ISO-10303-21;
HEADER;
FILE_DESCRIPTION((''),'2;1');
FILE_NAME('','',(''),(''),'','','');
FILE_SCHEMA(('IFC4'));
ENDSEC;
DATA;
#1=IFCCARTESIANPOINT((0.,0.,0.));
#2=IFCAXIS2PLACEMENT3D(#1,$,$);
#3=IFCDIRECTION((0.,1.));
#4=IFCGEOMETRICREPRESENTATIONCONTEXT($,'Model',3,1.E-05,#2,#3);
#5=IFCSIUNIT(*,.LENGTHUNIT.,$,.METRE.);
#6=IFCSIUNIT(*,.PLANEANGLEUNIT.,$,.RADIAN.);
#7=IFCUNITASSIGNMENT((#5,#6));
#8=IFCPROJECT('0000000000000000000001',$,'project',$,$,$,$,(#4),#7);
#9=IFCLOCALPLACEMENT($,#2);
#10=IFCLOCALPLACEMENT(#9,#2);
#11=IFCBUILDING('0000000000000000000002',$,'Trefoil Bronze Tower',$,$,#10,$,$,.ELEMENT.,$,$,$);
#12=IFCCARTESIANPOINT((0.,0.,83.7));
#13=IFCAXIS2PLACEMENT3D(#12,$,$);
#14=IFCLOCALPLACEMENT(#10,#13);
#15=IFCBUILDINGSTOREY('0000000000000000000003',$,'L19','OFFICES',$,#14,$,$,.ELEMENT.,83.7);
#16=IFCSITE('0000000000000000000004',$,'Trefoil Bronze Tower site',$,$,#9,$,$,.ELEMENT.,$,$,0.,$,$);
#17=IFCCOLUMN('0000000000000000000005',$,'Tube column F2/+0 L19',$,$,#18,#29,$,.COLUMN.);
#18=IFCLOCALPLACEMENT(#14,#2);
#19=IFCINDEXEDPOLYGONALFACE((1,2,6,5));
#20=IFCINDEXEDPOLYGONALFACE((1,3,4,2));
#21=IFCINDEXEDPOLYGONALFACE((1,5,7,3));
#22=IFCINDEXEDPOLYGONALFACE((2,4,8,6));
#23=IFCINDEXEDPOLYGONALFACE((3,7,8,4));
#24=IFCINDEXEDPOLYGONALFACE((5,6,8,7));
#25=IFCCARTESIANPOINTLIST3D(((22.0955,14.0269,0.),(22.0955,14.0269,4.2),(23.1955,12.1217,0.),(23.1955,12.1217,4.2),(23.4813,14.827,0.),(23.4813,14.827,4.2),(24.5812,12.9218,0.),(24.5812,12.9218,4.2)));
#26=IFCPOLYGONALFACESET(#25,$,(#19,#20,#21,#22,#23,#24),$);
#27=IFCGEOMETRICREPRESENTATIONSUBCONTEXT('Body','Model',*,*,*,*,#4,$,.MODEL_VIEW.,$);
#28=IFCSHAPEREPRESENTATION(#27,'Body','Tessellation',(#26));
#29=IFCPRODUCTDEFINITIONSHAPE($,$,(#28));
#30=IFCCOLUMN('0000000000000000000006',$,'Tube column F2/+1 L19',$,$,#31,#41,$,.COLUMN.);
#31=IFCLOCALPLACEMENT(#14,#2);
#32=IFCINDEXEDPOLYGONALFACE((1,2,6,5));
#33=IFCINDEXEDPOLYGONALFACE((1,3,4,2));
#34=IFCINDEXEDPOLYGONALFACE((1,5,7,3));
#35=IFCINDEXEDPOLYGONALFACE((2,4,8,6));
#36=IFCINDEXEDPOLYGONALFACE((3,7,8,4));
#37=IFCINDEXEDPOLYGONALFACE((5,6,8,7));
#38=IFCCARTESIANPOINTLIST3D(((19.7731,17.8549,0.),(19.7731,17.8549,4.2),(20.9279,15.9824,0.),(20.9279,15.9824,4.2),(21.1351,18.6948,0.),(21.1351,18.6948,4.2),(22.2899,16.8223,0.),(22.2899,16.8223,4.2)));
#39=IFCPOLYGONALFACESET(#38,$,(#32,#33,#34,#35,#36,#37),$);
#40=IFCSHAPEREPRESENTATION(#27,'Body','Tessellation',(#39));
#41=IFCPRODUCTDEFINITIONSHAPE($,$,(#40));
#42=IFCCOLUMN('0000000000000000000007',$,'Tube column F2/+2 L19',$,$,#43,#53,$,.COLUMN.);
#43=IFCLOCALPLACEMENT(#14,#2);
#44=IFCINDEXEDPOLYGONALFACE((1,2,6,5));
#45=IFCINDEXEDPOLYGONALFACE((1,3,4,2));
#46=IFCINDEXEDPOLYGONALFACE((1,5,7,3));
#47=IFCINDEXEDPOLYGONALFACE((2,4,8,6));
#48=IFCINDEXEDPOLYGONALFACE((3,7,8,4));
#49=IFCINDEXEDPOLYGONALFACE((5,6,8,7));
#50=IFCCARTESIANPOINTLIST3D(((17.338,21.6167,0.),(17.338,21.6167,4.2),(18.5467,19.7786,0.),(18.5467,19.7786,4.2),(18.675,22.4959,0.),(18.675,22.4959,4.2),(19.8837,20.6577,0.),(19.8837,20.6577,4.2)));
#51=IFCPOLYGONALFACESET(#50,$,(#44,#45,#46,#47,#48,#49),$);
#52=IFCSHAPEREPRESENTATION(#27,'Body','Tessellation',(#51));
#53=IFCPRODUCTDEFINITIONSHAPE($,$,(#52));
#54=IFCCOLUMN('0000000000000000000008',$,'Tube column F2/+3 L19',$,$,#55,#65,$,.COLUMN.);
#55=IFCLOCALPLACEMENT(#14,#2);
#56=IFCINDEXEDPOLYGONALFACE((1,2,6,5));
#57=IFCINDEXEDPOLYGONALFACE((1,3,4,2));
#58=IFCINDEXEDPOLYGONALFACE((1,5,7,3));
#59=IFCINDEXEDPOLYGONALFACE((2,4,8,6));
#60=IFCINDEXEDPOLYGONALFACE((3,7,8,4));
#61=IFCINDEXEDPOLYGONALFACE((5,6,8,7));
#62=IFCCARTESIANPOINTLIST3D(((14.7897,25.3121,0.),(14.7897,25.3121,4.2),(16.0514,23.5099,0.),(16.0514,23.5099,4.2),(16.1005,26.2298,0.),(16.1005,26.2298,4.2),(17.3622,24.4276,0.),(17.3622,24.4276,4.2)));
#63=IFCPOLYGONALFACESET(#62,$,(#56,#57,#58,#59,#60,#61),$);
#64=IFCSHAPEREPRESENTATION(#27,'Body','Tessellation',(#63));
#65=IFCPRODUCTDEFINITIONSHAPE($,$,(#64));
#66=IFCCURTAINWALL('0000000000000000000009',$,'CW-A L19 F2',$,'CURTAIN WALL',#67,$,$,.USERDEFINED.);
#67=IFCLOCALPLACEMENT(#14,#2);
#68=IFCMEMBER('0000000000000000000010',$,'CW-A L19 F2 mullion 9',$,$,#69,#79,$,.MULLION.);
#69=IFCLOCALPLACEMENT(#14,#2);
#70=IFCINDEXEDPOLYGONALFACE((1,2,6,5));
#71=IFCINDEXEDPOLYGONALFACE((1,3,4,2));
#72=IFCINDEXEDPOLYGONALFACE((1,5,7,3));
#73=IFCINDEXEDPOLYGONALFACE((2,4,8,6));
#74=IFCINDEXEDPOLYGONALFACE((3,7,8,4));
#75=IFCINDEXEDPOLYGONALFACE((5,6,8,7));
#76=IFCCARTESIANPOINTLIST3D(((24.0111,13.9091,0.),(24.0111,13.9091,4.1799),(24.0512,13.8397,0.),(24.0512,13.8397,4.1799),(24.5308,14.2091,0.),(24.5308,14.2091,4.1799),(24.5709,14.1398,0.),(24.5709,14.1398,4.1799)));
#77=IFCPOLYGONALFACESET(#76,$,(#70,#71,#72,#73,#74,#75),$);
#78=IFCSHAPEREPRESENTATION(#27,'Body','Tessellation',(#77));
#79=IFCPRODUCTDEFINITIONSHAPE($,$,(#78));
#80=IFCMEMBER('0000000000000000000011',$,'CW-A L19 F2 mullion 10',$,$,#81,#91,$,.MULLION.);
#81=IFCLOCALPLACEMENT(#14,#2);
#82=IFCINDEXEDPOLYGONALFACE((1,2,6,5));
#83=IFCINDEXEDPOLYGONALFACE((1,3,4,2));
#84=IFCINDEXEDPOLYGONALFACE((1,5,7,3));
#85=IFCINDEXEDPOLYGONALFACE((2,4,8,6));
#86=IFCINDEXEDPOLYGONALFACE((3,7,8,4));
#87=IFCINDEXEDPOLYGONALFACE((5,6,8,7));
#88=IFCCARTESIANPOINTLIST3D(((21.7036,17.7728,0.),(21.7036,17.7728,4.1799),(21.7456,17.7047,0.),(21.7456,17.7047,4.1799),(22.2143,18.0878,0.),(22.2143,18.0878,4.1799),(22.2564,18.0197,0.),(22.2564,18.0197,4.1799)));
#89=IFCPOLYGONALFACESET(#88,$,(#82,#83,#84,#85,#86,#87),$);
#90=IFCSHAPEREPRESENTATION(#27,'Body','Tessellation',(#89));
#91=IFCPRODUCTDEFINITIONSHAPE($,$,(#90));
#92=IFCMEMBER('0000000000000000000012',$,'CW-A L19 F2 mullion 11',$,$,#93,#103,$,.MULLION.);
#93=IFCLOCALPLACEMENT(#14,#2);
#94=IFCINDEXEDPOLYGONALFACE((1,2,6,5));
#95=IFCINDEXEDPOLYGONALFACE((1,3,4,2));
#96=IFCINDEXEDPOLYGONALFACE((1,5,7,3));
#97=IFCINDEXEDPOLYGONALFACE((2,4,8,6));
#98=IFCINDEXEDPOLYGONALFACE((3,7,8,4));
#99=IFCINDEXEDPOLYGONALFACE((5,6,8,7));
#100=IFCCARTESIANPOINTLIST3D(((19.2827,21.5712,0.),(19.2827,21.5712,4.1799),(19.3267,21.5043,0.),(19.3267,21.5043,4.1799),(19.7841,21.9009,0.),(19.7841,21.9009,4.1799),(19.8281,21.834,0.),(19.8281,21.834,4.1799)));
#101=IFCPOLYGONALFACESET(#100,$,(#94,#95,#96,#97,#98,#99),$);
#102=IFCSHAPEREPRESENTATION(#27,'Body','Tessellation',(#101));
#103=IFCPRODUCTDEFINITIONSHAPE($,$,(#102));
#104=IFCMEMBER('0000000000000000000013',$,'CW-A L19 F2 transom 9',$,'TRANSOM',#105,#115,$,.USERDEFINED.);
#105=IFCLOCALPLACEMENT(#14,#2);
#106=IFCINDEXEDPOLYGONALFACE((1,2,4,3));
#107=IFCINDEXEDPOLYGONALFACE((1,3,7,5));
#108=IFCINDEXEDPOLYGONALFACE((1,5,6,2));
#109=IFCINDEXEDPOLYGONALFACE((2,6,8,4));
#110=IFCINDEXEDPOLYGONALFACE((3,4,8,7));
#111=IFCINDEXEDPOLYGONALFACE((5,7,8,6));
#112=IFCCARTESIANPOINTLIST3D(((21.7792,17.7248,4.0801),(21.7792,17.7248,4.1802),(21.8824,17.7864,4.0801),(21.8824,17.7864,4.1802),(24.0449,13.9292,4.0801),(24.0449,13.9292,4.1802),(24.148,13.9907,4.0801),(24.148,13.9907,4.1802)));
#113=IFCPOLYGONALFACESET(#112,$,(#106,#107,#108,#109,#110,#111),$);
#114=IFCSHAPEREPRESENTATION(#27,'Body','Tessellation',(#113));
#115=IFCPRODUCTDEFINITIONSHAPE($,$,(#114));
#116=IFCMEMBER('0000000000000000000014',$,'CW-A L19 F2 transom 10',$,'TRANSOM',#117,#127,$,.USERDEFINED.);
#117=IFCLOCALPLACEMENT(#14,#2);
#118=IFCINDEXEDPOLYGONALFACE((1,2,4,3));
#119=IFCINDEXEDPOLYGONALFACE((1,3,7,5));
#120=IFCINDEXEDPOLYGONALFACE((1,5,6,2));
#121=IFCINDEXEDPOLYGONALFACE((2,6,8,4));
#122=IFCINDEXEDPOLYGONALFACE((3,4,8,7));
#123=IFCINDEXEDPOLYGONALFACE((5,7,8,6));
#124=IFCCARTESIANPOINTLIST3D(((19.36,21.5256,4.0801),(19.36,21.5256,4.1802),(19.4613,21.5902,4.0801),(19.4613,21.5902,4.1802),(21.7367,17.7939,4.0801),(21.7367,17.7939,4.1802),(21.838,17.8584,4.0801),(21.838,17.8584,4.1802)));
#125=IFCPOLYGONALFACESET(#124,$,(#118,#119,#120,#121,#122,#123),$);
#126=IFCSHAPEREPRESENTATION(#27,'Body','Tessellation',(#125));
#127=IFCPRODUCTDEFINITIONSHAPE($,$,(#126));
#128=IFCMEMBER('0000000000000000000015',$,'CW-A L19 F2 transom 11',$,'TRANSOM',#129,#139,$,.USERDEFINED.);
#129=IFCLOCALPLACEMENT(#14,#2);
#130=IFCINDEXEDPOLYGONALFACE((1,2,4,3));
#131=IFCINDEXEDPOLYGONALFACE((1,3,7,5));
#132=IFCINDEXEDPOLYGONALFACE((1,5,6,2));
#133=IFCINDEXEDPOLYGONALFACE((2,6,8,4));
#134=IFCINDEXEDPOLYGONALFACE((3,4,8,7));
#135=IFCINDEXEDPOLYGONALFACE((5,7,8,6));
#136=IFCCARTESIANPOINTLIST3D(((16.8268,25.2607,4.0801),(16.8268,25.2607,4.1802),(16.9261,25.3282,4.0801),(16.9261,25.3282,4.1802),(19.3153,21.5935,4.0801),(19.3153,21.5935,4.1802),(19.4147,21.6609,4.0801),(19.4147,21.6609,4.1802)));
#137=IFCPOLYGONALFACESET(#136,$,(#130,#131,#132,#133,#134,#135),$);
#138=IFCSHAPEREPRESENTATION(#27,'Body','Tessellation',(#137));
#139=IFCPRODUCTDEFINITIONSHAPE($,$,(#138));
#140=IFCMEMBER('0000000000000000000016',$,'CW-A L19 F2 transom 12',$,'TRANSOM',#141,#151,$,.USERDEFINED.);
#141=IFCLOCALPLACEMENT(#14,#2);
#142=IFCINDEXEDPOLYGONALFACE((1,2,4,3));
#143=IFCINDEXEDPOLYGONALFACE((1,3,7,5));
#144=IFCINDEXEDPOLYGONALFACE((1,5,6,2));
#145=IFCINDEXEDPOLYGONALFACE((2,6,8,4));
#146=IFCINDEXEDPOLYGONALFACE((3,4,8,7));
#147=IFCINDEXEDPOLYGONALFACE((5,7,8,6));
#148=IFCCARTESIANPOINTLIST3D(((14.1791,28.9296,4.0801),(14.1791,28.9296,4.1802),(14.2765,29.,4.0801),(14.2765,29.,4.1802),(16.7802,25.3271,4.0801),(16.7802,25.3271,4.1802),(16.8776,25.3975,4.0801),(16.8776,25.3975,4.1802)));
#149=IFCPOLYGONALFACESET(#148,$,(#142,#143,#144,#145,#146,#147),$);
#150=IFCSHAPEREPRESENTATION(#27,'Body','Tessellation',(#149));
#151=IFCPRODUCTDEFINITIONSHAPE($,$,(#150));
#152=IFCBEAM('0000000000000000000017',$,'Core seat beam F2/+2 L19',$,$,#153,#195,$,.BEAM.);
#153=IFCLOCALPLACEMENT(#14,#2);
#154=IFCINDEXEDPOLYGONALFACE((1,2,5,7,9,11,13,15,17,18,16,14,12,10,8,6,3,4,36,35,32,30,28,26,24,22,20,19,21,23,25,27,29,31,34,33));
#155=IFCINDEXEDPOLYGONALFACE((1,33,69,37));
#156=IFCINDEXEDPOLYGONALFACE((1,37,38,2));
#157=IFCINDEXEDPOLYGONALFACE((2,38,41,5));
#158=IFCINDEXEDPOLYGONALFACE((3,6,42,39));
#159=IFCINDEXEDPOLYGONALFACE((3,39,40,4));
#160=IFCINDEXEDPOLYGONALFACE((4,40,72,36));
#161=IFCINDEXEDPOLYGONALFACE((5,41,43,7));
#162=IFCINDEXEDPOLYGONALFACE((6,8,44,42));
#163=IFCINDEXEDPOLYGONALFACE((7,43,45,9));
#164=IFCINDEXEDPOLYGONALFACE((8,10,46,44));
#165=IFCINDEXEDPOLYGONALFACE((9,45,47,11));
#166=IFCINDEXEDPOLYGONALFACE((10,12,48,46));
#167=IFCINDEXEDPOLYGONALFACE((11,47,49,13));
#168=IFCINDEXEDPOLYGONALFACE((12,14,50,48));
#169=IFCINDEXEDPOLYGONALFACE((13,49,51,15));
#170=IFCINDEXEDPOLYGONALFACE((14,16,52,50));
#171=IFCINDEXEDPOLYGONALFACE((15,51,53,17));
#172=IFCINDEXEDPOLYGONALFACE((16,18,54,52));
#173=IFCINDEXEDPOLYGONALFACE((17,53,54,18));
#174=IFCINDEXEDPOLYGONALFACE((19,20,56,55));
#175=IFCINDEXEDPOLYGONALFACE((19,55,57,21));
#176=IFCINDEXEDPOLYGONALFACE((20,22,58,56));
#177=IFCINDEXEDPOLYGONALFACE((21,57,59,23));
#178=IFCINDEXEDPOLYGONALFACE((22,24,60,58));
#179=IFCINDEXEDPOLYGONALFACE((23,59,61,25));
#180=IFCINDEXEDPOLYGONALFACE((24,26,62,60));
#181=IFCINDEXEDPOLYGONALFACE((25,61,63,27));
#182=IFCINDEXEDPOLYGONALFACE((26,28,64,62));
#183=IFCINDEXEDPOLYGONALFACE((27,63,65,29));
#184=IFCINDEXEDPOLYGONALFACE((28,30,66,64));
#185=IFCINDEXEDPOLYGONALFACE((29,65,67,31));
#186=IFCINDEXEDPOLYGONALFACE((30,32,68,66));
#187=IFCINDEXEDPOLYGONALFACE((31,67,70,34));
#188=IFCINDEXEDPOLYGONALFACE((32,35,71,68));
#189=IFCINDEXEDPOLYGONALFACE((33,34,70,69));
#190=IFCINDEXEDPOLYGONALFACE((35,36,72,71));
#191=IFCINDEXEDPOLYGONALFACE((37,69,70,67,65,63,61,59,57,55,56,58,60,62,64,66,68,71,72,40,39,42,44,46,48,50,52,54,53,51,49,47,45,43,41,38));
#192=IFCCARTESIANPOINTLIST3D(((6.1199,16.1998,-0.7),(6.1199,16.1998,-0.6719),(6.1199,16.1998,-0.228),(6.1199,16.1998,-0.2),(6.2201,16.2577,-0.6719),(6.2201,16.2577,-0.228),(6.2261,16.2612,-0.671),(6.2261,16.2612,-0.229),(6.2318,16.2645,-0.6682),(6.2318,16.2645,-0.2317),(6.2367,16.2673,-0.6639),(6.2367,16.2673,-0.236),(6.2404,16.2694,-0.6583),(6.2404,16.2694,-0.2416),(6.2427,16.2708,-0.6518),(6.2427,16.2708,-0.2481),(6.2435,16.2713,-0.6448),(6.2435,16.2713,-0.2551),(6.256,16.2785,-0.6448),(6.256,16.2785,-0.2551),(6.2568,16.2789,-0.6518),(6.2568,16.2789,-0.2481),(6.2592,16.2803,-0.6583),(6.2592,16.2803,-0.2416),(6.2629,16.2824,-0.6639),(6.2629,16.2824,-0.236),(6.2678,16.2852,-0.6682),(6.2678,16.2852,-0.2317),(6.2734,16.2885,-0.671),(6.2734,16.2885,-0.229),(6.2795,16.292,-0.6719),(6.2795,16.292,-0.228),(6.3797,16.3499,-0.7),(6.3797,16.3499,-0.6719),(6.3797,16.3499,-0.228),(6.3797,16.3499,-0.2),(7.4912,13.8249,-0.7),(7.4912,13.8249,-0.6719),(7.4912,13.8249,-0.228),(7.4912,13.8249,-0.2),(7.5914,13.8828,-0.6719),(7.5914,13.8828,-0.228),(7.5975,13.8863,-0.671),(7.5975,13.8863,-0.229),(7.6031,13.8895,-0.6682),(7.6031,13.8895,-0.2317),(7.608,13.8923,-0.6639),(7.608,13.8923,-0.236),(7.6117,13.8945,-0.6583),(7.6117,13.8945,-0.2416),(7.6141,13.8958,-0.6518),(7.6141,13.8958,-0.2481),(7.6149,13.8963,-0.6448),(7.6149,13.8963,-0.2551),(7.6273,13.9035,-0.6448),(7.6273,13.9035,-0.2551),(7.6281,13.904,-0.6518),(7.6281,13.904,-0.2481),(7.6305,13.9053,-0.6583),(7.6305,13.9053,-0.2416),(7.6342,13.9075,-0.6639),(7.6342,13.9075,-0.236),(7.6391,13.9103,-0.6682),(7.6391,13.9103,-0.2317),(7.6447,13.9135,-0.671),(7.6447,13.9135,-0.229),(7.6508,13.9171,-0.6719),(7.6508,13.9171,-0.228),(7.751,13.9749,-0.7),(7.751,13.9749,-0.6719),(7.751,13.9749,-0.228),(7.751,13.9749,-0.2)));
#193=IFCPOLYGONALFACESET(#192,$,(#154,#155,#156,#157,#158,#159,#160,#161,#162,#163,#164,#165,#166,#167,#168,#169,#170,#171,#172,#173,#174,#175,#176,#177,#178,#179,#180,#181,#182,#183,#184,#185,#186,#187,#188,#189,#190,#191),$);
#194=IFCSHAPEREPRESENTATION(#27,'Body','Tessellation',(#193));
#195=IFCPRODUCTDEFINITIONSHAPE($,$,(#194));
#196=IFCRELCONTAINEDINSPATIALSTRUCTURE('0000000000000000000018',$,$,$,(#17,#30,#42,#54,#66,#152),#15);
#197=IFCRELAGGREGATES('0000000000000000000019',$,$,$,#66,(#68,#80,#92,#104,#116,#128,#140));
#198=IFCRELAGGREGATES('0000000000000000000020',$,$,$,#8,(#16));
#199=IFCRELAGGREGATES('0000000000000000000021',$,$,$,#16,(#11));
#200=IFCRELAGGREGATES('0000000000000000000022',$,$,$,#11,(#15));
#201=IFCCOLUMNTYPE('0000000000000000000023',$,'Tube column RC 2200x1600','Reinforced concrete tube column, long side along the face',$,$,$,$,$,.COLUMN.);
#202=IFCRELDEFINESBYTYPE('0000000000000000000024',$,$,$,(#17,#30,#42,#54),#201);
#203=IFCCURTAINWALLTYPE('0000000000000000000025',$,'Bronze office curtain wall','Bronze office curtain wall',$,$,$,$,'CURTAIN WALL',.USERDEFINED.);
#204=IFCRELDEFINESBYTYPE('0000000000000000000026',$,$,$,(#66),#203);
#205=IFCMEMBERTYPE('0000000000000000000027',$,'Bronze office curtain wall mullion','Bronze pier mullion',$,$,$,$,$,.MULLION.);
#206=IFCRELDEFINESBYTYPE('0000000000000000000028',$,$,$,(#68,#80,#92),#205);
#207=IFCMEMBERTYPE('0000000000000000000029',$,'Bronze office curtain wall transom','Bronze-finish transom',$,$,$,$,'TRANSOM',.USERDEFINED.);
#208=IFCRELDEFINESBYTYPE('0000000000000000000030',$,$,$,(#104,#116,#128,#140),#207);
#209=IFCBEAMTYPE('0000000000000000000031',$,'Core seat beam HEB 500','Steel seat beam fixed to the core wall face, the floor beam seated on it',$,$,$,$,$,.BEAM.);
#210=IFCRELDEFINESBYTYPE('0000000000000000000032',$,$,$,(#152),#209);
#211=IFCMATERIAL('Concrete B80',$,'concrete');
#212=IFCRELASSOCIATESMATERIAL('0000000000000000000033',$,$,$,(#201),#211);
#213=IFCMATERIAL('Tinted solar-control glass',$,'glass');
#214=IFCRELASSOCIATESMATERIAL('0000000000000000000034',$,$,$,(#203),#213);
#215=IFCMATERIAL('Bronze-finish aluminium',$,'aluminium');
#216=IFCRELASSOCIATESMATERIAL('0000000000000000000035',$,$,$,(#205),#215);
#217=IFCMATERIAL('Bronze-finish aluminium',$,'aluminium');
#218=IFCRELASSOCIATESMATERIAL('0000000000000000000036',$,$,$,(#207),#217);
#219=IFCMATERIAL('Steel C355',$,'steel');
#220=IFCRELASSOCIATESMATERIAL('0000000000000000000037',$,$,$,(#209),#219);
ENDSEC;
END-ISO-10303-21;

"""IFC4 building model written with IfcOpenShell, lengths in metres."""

from ifc_helpers import new_model, si_unit, direction, frame, origin, origin_2d, place, context, subcontext, project, spatial, rectangle, i_section, extrude, material, material_profile, profile_set, type_object, element, aggregate, save


model = new_model("IFC4")

# Units and contexts
model_context = context("Model", 3, precision=1e-05, world=origin(), true_north=direction((0.0, 1.0)))
body_context = subcontext(model_context, "Body", "Model", "MODEL_VIEW")
ifc_project = project(units=[si_unit("LENGTHUNIT", "METRE"), si_unit("PLANEANGLEUNIT", "RADIAN")], contexts=[model_context])

# Site, building, storey
site_placement = place(None, origin())
site = spatial("IfcSite", under=ifc_project, at=site_placement, Name="Trefoil Bronze Tower site", CompositionType="ELEMENT", RefElevation=0.0)
building_placement = place(site_placement, origin())
building = spatial("IfcBuilding", under=site, at=building_placement, Name="Trefoil Bronze Tower", CompositionType="ELEMENT")
storey_placement = place(building_placement, frame((0.0, 0.0, 83.7)))
storey = spatial("IfcBuildingStorey", under=building, at=storey_placement, Name="L19", Description="OFFICES", CompositionType="ELEMENT", Elevation=83.7)

# Columns
ifc_material_1 = material(Name="Concrete B80", Category="concrete")
ifc_material_profile_1 = material_profile(ifc_material_1, rectangle(XDim=2.2, YDim=1.6001, at=origin_2d()), Name="RC 2200x1600")
ifc_profile_set_1 = profile_set([ifc_material_profile_1], Name="Concrete B80")
column_type = type_object("IfcColumnType", Name="Tube column RC 2200x1600", Description="Reinforced concrete tube column, long side along the face", PredefinedType="COLUMN", material=ifc_profile_set_1)
for number, where, z_axis, x_axis, name in (
    (1, (23.3384, 13.4744, 0.0), (0.0, 0.0, 1.0), (-0.5, 0.866025, 0.0), "Tube column F2/+0 L19"),
    (2, (21.0315, 17.3386, 0.0), (0.0, 0.0, 1.0), (-0.524923, 0.85115, 0.0), "Tube column F2/+1 L19"),
    (3, (18.6108, 21.1372, 0.0), (0.0, 0.0, 1.0), (-0.549424, 0.835544, 0.0), "Tube column F2/+2 L19"),
    (4, (16.0759, 24.8699, 0.0), (0.0, 0.0, 1.0), (-0.573502, 0.819204, 0.0), "Tube column F2/+3 L19"),
):
    element("IfcColumn", number, at=place(storey_placement, frame(where, z_axis=z_axis, x_axis=x_axis)), inside=storey, type_object=column_type, Name=name, PredefinedType="COLUMN", context=body_context, shape_type="SweptSolid", body=[
        extrude(rectangle(XDim=2.2, YDim=1.6001, at=origin_2d()), origin(), (0.0, 0.0, 1.0), 4.2),
    ])

# Curtain wall, members
ifc_material_2 = material(Name="Tinted solar-control glass", Category="glass")
curtain_wall_type = type_object("IfcCurtainWallType", Name="Bronze office curtain wall", Description="Bronze office curtain wall", ElementType="CURTAIN WALL", PredefinedType="USERDEFINED", material=ifc_material_2)
curtain_wall_placement = place(storey_placement, origin())
curtain_wall = element("IfcCurtainWall", 5, at=curtain_wall_placement, inside=storey, type_object=curtain_wall_type, Name="CW-A L19 F2", ObjectType="CURTAIN WALL", PredefinedType="USERDEFINED")
ifc_material_3 = material(Name="Bronze-finish aluminium", Category="aluminium")
ifc_material_profile_2 = material_profile(ifc_material_3, rectangle(XDim=0.6001, YDim=0.0801, at=origin_2d()), Name="CW-A mullion")
ifc_profile_set_2 = profile_set([ifc_material_profile_2], Name="Bronze-finish aluminium")
member_type_1 = type_object("IfcMemberType", Name="Bronze office curtain wall mullion", Description="Bronze pier mullion", PredefinedType="MULLION", material=ifc_profile_set_2)
member_1_placement = place(storey_placement, frame((24.291, 14.0244, 0.0), z_axis=(0.0, 0.0, 1.0), x_axis=(-0.866025, -0.5, 0.0)))
member_1 = element("IfcMember", 6, at=member_1_placement, type_object=member_type_1, Name="CW-A L19 F2 mullion 9", PredefinedType="MULLION", context=body_context, shape_type="SweptSolid", body=[
    extrude(rectangle(XDim=0.6001, YDim=0.0801, at=origin_2d()), origin(), (0.0, 0.0, 1.0), 4.1799),
])
member_2_placement = place(storey_placement, frame((21.98, 17.8962, 0.0), z_axis=(0.0, 0.0, 1.0), x_axis=(-0.85115, -0.524923, 0.0)))
member_2 = element("IfcMember", 7, at=member_2_placement, type_object=member_type_1, Name="CW-A L19 F2 mullion 10", PredefinedType="MULLION", context=body_context, shape_type="SweptSolid", body=[
    extrude(rectangle(XDim=0.6001, YDim=0.0801, at=origin_2d()), origin(), (0.0, 0.0, 1.0), 4.1799),
])
member_3_placement = place(storey_placement, frame((19.5554, 21.7026, 0.0), z_axis=(0.0, 0.0, 1.0), x_axis=(-0.835544, -0.549424, 0.0)))
member_3 = element("IfcMember", 8, at=member_3_placement, type_object=member_type_1, Name="CW-A L19 F2 mullion 11", PredefinedType="MULLION", context=body_context, shape_type="SweptSolid", body=[
    extrude(rectangle(XDim=0.6001, YDim=0.0801, at=origin_2d()), origin(), (0.0, 0.0, 1.0), 4.1799),
])
ifc_material_4 = material(Name="Bronze-finish aluminium", Category="aluminium")
ifc_material_profile_3 = material_profile(ifc_material_4, rectangle(XDim=0.1201, YDim=0.1001, at=origin_2d()), Name="CW-A transom")
ifc_profile_set_3 = profile_set([ifc_material_profile_3], Name="Bronze-finish aluminium")
member_type_2 = type_object("IfcMemberType", Name="Bronze office curtain wall transom", Description="Bronze-finish transom", ElementType="TRANSOM", PredefinedType="USERDEFINED", material=ifc_profile_set_3)
member_4_placement = place(storey_placement, frame((24.0964, 13.96, 4.1301), z_axis=(-0.512537, 0.858665, 0.0), x_axis=(-0.858665, -0.512537, 0.0)))
member_4 = element("IfcMember", 9, at=member_4_placement, type_object=member_type_2, Name="CW-A L19 F2 transom 9", ObjectType="TRANSOM", PredefinedType="USERDEFINED", context=body_context, shape_type="SweptSolid", body=[
    extrude(rectangle(XDim=0.1201, YDim=0.1001, at=origin_2d()), origin(), (0.0, 0.0, 1.0), 4.4204),
])
member_5_placement = place(storey_placement, frame((21.7874, 17.8262, 4.1301), z_axis=(-0.537197, 0.843457, 0.0), x_axis=(-0.843457, -0.537197, 0.0)))
member_5 = element("IfcMember", 10, at=member_5_placement, type_object=member_type_2, Name="CW-A L19 F2 transom 10", ObjectType="TRANSOM", PredefinedType="USERDEFINED", context=body_context, shape_type="SweptSolid", body=[
    extrude(rectangle(XDim=0.1201, YDim=0.1001, at=origin_2d()), origin(), (0.0, 0.0, 1.0), 4.4243),
])
member_6_placement = place(storey_placement, frame((19.365, 21.6272, 4.1301), z_axis=(-0.561508, 0.827471, 0.0), x_axis=(-0.827471, -0.561508, 0.0)))
member_6 = element("IfcMember", 11, at=member_6_placement, type_object=member_type_2, Name="CW-A L19 F2 transom 11", ObjectType="TRANSOM", PredefinedType="USERDEFINED", context=body_context, shape_type="SweptSolid", body=[
    extrude(rectangle(XDim=0.1201, YDim=0.1001, at=origin_2d()), origin(), (0.0, 0.0, 1.0), 4.4319),
])
member_7_placement = place(storey_placement, frame((16.8289, 25.3623, 4.1301), z_axis=(-0.585378, 0.81076, 0.0), x_axis=(-0.81076, -0.585378, 0.0)))
member_7 = element("IfcMember", 12, at=member_7_placement, type_object=member_type_2, Name="CW-A L19 F2 transom 12", ObjectType="TRANSOM", PredefinedType="USERDEFINED", context=body_context, shape_type="SweptSolid", body=[
    extrude(rectangle(XDim=0.1201, YDim=0.1001, at=origin_2d()), origin(), (0.0, 0.0, 1.0), 4.4434),
])

# Beam
ifc_material_5 = material(Name="Steel C355", Category="steel")
ifc_material_profile_4 = material_profile(ifc_material_5, i_section(OverallWidth=0.3, OverallDepth=0.5, WebThickness=0.0144, FlangeThickness=0.0281, FilletRadius=0.0271, at=origin_2d()), Name="HEB 500")
ifc_profile_set_4 = profile_set([ifc_material_profile_4], Name="Steel C355")
beam_type_1 = type_object("IfcBeamType", Name="Core seat beam HEB 500", Description="Steel seat beam fixed to the core wall face, the floor beam seated on it", PredefinedType="BEAM", material=ifc_profile_set_4)
beam_1_placement = place(storey_placement, frame((7.6211, 13.8999, -0.45), z_axis=(-0.500036, 0.866005, 0.0), x_axis=(-0.866005, -0.500036, 0.0)))
element("IfcBeam", 13, at=beam_1_placement, inside=storey, type_object=beam_type_1, Name="Core seat beam F2/+2 L19", PredefinedType="BEAM", context=body_context, shape_type="SweptSolid", body=[
    extrude(i_section(OverallWidth=0.3, OverallDepth=0.5, WebThickness=0.0144, FlangeThickness=0.0281, FilletRadius=0.0271, at=origin_2d()), origin(), (0.0, 0.0, 1.0), 2.7424),
])

aggregate(curtain_wall, [member_1, member_2, member_3, member_4, member_5, member_6, member_7])

save(model, "model.ifc")
